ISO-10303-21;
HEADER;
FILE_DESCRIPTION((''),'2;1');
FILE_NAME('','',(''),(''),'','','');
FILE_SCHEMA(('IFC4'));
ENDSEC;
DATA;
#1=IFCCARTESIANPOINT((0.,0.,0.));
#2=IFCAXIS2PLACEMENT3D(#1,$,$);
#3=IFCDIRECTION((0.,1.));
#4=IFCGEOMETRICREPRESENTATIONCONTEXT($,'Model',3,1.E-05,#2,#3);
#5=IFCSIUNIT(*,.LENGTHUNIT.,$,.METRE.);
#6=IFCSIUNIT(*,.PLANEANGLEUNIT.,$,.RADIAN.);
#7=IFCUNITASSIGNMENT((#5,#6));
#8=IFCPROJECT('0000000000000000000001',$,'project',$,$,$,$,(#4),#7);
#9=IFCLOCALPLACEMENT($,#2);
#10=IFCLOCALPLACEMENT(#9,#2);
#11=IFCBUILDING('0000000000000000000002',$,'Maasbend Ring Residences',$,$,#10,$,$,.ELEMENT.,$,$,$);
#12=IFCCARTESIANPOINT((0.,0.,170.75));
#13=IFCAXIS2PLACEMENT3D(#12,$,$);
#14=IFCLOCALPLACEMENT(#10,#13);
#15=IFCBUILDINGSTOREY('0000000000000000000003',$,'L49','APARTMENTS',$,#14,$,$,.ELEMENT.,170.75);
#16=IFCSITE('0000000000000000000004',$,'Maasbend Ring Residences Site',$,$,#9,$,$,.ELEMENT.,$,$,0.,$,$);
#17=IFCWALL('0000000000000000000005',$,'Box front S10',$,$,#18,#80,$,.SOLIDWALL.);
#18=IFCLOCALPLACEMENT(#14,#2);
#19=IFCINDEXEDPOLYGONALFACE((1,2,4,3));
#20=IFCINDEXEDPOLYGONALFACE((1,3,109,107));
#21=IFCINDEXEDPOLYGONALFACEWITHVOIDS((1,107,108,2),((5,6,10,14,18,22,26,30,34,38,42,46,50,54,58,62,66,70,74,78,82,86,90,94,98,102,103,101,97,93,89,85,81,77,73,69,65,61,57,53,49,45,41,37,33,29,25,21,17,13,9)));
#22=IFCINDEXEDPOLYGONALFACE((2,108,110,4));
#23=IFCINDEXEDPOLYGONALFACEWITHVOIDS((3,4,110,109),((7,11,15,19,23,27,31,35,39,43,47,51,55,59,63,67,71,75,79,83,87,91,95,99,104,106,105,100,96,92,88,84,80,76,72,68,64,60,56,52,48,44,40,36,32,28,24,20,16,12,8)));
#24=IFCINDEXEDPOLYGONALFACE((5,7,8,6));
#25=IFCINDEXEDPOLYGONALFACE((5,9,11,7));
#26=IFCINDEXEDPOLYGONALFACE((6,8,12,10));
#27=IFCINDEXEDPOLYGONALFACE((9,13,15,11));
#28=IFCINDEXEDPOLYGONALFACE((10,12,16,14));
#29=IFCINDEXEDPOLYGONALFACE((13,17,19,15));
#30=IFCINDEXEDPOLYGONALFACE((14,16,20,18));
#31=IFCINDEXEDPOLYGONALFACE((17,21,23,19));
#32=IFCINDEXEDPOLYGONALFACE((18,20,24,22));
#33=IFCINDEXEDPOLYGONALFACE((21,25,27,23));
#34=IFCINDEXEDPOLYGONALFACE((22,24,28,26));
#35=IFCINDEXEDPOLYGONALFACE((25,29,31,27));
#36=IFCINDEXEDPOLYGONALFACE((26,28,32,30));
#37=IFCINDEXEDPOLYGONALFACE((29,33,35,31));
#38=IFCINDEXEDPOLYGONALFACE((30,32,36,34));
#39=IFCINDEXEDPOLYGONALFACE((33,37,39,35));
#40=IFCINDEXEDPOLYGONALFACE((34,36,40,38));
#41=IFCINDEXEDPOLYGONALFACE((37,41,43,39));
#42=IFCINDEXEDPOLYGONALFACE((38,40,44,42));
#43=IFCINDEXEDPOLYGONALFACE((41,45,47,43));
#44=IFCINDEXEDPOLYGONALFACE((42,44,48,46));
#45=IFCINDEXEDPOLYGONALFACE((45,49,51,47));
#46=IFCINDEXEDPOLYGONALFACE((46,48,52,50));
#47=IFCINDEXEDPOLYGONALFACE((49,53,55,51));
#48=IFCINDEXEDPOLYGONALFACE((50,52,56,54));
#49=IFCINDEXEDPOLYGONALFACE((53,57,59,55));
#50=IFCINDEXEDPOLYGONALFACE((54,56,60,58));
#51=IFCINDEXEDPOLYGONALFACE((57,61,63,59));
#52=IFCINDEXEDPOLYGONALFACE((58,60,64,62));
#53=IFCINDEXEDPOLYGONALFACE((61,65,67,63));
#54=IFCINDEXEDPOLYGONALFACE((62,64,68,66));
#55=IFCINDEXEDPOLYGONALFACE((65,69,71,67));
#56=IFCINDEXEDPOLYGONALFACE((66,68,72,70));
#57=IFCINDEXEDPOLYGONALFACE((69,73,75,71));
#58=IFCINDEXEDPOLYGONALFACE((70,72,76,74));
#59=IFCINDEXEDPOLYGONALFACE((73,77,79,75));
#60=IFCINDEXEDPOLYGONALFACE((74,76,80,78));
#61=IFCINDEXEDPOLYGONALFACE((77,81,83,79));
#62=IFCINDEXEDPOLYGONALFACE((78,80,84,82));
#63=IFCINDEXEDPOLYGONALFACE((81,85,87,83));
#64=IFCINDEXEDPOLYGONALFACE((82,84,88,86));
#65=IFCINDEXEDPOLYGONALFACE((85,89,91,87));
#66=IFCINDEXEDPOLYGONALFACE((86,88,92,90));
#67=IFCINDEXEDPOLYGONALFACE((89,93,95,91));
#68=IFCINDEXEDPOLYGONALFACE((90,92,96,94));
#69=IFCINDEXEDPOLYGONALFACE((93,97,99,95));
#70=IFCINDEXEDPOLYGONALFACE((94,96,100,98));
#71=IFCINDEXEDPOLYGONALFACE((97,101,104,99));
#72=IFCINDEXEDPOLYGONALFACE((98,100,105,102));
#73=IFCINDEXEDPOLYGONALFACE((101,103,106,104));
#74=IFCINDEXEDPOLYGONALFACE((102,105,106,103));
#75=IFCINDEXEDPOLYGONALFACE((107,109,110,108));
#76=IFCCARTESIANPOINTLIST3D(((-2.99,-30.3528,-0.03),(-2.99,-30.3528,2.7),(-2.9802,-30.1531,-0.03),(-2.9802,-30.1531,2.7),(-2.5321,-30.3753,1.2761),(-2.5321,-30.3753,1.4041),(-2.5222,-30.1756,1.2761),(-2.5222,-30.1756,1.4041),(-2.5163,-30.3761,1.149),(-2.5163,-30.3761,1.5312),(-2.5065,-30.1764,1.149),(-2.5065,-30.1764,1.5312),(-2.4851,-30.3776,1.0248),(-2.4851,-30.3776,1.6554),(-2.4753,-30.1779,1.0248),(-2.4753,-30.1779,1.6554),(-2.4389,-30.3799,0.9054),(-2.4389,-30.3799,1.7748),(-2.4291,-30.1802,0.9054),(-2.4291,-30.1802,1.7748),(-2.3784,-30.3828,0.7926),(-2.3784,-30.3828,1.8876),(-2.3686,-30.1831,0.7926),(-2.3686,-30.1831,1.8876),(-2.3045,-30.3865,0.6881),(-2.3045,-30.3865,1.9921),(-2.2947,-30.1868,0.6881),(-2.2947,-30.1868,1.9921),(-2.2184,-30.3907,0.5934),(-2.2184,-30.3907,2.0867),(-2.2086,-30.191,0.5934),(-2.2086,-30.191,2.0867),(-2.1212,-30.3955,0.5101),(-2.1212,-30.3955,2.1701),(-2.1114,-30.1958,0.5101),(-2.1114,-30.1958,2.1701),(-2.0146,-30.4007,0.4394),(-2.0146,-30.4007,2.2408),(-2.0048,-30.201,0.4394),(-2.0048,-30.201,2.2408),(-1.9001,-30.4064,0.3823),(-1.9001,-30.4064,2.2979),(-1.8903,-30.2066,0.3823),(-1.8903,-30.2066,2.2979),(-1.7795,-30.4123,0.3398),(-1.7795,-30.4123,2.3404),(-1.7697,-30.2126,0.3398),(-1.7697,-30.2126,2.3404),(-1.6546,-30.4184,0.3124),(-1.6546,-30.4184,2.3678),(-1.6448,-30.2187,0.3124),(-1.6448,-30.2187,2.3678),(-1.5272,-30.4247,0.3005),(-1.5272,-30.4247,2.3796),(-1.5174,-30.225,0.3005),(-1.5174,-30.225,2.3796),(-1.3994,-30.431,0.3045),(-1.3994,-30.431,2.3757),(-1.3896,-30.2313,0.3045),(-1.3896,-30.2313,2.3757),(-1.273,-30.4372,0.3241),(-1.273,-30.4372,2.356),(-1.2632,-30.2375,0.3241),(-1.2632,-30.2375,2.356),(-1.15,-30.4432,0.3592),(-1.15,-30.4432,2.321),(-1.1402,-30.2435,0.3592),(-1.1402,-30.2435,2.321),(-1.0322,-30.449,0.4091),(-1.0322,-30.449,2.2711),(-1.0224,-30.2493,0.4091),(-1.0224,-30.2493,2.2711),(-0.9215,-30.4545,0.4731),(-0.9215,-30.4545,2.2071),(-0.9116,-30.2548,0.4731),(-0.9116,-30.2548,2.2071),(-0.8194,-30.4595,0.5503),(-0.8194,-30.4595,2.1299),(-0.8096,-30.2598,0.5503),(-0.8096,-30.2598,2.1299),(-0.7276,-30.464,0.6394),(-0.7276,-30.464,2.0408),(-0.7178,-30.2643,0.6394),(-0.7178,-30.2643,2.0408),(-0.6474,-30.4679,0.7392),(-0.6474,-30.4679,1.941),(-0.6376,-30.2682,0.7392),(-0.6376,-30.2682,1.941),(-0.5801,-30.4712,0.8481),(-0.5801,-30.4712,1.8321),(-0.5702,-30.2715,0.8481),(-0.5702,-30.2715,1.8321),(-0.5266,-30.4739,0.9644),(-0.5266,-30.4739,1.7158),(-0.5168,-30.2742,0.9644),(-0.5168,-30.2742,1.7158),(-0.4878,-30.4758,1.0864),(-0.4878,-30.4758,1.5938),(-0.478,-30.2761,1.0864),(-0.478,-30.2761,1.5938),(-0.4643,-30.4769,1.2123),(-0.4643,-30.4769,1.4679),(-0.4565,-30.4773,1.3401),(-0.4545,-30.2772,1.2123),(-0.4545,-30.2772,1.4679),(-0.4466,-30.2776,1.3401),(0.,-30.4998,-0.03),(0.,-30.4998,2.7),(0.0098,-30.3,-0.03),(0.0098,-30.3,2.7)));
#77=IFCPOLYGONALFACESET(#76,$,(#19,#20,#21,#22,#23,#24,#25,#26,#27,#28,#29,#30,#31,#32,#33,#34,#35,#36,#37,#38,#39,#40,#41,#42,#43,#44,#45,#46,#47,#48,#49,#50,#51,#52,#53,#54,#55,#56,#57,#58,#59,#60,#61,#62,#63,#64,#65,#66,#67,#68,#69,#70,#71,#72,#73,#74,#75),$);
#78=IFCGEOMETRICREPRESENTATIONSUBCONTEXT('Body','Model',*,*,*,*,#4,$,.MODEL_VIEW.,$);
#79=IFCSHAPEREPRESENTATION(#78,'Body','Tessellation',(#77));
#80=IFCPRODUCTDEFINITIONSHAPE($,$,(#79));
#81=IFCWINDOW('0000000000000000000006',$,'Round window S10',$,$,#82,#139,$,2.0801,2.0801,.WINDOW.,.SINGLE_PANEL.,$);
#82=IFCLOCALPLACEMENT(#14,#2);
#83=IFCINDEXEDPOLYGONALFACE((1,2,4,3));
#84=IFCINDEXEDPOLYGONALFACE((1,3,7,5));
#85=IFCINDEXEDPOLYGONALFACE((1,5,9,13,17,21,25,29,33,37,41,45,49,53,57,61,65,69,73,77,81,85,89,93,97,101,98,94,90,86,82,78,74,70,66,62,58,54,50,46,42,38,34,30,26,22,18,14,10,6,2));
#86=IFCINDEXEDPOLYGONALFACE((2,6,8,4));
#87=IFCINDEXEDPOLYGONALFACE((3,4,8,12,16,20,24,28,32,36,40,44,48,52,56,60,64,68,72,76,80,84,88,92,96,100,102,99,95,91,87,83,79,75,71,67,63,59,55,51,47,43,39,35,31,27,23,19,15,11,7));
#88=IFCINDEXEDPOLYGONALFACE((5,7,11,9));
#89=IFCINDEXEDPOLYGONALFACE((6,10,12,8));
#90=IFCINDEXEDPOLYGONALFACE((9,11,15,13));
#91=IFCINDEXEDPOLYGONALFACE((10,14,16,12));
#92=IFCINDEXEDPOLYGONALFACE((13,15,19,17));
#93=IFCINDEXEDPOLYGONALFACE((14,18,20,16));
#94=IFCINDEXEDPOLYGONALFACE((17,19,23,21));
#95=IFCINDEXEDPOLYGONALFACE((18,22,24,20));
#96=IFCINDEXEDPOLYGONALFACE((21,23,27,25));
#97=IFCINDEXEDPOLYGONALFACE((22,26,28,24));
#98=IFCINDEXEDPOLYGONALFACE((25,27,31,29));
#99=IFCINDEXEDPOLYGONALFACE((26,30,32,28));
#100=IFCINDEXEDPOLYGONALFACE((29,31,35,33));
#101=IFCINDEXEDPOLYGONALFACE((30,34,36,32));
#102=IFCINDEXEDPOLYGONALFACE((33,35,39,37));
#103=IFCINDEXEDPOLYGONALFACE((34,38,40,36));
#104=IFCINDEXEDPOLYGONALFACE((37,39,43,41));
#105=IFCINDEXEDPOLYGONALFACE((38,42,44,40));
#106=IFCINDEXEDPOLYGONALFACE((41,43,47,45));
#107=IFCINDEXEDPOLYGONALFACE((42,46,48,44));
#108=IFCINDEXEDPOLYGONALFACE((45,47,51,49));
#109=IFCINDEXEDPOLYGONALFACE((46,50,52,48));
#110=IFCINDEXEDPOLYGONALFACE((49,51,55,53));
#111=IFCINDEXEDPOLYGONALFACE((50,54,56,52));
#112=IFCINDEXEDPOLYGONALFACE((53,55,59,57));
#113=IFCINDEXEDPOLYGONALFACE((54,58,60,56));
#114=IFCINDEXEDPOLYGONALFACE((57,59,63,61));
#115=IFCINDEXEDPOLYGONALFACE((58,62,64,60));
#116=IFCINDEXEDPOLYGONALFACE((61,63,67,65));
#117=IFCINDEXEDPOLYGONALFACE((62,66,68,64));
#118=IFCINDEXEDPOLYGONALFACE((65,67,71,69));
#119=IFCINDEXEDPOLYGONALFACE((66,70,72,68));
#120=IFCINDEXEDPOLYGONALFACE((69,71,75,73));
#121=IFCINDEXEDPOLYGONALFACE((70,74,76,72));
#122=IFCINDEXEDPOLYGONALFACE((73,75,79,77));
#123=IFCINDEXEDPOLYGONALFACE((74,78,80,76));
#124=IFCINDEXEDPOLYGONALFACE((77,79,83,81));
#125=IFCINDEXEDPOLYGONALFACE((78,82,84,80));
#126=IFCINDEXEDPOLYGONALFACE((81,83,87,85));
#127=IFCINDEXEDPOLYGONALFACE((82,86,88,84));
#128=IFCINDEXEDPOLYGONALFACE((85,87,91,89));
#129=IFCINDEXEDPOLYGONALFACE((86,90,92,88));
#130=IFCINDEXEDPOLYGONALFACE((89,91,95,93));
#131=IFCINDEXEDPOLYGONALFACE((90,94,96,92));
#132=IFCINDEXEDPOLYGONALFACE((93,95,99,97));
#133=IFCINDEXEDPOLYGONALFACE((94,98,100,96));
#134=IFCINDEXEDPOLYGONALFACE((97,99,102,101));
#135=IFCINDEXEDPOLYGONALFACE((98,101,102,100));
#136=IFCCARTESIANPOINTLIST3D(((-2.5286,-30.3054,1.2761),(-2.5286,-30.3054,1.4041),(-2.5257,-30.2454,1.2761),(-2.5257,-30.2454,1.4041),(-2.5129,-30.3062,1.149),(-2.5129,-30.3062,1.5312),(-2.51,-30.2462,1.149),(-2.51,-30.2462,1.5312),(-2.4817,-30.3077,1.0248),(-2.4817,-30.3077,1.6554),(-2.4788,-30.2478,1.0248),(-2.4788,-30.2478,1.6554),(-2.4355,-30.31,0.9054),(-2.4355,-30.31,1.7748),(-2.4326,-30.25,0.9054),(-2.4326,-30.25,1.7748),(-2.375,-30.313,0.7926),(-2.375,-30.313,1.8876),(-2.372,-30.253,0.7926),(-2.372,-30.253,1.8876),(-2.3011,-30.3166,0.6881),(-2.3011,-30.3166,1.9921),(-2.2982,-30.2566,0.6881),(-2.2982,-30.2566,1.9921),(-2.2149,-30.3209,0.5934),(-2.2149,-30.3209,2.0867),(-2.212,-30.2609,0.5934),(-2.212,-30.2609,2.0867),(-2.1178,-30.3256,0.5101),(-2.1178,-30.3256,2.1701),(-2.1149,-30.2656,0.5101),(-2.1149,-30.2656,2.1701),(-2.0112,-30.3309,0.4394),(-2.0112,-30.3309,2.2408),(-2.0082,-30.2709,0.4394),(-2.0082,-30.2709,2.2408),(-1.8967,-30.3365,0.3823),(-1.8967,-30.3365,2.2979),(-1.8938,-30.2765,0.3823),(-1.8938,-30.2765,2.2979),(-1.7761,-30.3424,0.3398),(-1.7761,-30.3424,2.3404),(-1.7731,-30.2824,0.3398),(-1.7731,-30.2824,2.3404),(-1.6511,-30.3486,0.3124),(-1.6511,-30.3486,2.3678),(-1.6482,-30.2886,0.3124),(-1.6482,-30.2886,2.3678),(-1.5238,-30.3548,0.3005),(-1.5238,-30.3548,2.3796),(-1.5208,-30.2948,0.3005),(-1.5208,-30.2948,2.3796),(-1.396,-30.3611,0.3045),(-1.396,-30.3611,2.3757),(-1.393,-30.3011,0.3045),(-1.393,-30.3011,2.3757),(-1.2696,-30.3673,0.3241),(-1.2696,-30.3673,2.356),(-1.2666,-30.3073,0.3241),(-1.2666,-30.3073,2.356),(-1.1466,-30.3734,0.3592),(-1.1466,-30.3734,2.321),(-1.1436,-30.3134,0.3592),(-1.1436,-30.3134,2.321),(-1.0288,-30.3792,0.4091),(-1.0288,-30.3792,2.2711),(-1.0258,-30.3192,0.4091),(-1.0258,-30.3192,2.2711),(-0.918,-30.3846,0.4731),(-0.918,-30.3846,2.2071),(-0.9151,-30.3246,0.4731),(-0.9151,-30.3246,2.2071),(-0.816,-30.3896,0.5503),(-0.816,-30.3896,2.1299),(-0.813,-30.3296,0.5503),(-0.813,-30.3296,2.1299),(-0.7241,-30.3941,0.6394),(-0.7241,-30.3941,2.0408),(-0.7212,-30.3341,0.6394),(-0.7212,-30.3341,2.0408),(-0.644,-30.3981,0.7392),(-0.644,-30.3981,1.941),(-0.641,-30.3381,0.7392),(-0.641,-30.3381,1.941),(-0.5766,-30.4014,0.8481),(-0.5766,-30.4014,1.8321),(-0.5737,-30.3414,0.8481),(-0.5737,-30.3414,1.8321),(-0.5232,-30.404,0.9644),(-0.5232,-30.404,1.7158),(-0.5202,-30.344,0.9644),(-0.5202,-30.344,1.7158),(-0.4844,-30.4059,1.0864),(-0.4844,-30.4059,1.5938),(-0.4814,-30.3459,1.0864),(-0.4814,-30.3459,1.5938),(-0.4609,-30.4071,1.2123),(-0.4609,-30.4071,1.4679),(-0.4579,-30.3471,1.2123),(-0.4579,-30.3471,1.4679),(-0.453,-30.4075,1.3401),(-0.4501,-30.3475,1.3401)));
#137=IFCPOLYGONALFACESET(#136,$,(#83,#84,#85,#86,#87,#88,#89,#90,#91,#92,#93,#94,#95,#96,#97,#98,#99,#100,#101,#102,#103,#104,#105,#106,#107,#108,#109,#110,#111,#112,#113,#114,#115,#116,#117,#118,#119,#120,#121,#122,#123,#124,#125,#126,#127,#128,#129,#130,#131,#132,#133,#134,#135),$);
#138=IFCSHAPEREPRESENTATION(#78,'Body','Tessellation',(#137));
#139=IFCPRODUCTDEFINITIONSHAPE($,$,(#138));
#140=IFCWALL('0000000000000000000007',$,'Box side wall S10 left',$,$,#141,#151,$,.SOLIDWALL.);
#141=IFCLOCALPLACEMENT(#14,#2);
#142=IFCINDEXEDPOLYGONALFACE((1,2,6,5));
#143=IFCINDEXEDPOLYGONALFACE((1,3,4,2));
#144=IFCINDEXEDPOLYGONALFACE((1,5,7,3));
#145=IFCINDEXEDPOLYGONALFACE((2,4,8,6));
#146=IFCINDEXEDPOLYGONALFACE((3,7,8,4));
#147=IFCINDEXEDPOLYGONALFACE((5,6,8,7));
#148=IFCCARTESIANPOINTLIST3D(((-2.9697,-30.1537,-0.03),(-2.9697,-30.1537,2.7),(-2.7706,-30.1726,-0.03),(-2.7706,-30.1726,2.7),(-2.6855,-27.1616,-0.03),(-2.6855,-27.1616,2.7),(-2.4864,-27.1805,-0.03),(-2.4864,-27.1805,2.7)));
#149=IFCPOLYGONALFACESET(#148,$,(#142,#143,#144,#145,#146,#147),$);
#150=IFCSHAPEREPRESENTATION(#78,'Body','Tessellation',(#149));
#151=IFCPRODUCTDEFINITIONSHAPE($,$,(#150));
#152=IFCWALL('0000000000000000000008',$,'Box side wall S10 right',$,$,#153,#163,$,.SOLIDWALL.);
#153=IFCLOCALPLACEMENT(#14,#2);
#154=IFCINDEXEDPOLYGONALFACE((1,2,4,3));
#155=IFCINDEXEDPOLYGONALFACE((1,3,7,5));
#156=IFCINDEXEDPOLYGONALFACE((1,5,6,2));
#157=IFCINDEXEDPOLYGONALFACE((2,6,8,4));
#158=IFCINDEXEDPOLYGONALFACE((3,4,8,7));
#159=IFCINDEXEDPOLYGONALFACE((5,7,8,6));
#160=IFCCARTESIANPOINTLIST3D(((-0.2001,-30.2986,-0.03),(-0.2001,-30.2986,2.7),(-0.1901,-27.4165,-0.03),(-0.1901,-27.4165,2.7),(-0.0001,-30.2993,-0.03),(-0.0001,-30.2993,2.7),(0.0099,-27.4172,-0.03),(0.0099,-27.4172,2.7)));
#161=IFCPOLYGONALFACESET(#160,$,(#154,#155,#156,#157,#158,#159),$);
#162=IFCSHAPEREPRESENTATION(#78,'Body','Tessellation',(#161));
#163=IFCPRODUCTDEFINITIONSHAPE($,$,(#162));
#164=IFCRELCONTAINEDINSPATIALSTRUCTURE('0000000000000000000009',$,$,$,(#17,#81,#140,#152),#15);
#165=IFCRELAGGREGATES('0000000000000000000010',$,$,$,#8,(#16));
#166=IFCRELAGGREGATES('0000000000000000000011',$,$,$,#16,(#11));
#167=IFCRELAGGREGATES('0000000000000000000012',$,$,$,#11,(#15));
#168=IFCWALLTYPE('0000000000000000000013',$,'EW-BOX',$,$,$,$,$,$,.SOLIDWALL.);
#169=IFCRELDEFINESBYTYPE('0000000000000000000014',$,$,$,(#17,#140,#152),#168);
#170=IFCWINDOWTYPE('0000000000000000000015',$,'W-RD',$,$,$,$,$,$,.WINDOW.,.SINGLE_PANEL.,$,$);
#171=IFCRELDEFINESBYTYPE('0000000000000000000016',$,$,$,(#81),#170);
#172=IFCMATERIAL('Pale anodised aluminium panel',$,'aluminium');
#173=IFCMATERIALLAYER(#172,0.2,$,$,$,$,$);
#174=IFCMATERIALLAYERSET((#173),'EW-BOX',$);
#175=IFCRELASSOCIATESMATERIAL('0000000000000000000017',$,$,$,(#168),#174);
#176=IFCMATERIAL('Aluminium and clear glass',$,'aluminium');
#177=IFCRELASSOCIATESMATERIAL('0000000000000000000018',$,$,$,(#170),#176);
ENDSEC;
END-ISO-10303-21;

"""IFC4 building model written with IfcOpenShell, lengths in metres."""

from ifc_helpers import new_model, si_unit, direction, frame, frame_2d, origin, place, context, subcontext, project, spatial, rectangle, circle, extrude, material, layer, layer_set, type_object, element, fill, save


model = new_model("IFC4")

# Units and contexts
model_context = context("Model", 3, precision=1e-05, world=origin(), true_north=direction((0.0, 1.0)))
body_context = subcontext(model_context, "Body", "Model", "MODEL_VIEW")
ifc_project = project(units=[si_unit("LENGTHUNIT", "METRE"), si_unit("PLANEANGLEUNIT", "RADIAN")], contexts=[model_context])

# Site, building, storey
site_placement = place(None, origin())
site = spatial("IfcSite", under=ifc_project, at=site_placement, Name="Maasbend Ring Residences Site", CompositionType="ELEMENT", RefElevation=0.0)
building_placement = place(site_placement, origin())
building = spatial("IfcBuilding", under=site, at=building_placement, Name="Maasbend Ring Residences", CompositionType="ELEMENT")
storey_placement = place(building_placement, frame((0.0, 0.0, 170.75)))
storey = spatial("IfcBuildingStorey", under=building, at=storey_placement, Name="L49", Description="APARTMENTS", CompositionType="ELEMENT", Elevation=170.75)

# Shared definitions
ifc_material_1 = material(Name="Pale anodised aluminium panel", Category="aluminium")
ifc_layer_1 = layer(ifc_material_1, 0.2)
ifc_layer_set_1 = layer_set([ifc_layer_1], Name="EW-BOX")
wall_type_1 = type_object("IfcWallType", Name="EW-BOX", PredefinedType="SOLIDWALL", material=ifc_layer_set_1)
ifc_material_2 = material(Name="Aluminium and clear glass", Category="aluminium")
window_type_1 = type_object("IfcWindowType", Name="W-RD", PartitioningType="SINGLE_PANEL", PredefinedType="WINDOW", material=ifc_material_2)

# Wall, opening, window
wall_1_placement = place(storey_placement, frame((-2.9851, -30.2529, -0.03), z_axis=(0.0, 0.0, 1.0), x_axis=(0.998794, -0.049096, 0.0)))
wall_1 = element("IfcWall", 1, at=wall_1_placement, inside=storey, type_object=wall_type_1, Name="Box front S10", PredefinedType="SOLIDWALL", context=body_context, shape_type="SweptSolid", body=[
    extrude(rectangle(XDim=2.9937, YDim=0.2, at=frame_2d((1.4968, 0.0))), origin(), (0.0, 0.0, 1.0), 2.73),
])
opening_1_placement = place(wall_1_placement, frame((0.4565, 0.0, 0.3301)))
opening_1 = element("IfcOpeningElement", 2, at=opening_1_placement, cuts=wall_1, PredefinedType="OPENING", context=body_context, shape_type="SweptSolid", body=[
    extrude(circle(Radius=1.04, at=frame_2d((1.04, 1.04))), frame((0.0, 0.1099, 0.0), z_axis=(0.0, -1.0, 0.0), x_axis=(1.0, 0.0, 0.0)), (0.0, 0.0, 1.0), 0.22),
])
window_1_placement = place(opening_1_placement, origin())
window_1 = element("IfcWindow", 3, at=window_1_placement, inside=storey, type_object=window_type_1, Name="Round window S10", OverallHeight=2.0801, OverallWidth=2.0801, PartitioningType="SINGLE_PANEL", PredefinedType="WINDOW", context=body_context, shape_type="SweptSolid", body=[
    extrude(circle(Radius=1.04, at=frame_2d((1.04, 1.04))), frame((0.0, 0.03, 0.0), z_axis=(0.0, -1.0, 0.0), x_axis=(1.0, 0.0, 0.0)), (0.0, 0.0, 1.0), 0.0601),
])
fill(opening_1, window_1)

# Walls
wall_2_placement = place(storey_placement, frame((-2.5859, -27.1709, -0.03), z_axis=(0.0, 0.0, 1.0), x_axis=(-0.094548, -0.99552, 0.0)))
element("IfcWall", 4, at=wall_2_placement, inside=storey, type_object=wall_type_1, Name="Box side wall S10 left", PredefinedType="SOLIDWALL", context=body_context, shape_type="SweptSolid", body=[
    extrude(rectangle(XDim=3.0056, YDim=0.2, at=frame_2d((1.5029, 0.0))), origin(), (0.0, 0.0, 1.0), 2.73),
])
wall_3_placement = place(storey_placement, frame((-0.0901, -27.417, -0.03), z_axis=(0.0, 0.0, 1.0), x_axis=(-0.003473, -0.999994, 0.0)))
element("IfcWall", 5, at=wall_3_placement, inside=storey, type_object=wall_type_1, Name="Box side wall S10 right", PredefinedType="SOLIDWALL", context=body_context, shape_type="SweptSolid", body=[
    extrude(rectangle(XDim=2.8821, YDim=0.2, at=frame_2d((1.4409, 0.0))), origin(), (0.0, 0.0, 1.0), 2.73),
])

save(model, "model.ifc")
